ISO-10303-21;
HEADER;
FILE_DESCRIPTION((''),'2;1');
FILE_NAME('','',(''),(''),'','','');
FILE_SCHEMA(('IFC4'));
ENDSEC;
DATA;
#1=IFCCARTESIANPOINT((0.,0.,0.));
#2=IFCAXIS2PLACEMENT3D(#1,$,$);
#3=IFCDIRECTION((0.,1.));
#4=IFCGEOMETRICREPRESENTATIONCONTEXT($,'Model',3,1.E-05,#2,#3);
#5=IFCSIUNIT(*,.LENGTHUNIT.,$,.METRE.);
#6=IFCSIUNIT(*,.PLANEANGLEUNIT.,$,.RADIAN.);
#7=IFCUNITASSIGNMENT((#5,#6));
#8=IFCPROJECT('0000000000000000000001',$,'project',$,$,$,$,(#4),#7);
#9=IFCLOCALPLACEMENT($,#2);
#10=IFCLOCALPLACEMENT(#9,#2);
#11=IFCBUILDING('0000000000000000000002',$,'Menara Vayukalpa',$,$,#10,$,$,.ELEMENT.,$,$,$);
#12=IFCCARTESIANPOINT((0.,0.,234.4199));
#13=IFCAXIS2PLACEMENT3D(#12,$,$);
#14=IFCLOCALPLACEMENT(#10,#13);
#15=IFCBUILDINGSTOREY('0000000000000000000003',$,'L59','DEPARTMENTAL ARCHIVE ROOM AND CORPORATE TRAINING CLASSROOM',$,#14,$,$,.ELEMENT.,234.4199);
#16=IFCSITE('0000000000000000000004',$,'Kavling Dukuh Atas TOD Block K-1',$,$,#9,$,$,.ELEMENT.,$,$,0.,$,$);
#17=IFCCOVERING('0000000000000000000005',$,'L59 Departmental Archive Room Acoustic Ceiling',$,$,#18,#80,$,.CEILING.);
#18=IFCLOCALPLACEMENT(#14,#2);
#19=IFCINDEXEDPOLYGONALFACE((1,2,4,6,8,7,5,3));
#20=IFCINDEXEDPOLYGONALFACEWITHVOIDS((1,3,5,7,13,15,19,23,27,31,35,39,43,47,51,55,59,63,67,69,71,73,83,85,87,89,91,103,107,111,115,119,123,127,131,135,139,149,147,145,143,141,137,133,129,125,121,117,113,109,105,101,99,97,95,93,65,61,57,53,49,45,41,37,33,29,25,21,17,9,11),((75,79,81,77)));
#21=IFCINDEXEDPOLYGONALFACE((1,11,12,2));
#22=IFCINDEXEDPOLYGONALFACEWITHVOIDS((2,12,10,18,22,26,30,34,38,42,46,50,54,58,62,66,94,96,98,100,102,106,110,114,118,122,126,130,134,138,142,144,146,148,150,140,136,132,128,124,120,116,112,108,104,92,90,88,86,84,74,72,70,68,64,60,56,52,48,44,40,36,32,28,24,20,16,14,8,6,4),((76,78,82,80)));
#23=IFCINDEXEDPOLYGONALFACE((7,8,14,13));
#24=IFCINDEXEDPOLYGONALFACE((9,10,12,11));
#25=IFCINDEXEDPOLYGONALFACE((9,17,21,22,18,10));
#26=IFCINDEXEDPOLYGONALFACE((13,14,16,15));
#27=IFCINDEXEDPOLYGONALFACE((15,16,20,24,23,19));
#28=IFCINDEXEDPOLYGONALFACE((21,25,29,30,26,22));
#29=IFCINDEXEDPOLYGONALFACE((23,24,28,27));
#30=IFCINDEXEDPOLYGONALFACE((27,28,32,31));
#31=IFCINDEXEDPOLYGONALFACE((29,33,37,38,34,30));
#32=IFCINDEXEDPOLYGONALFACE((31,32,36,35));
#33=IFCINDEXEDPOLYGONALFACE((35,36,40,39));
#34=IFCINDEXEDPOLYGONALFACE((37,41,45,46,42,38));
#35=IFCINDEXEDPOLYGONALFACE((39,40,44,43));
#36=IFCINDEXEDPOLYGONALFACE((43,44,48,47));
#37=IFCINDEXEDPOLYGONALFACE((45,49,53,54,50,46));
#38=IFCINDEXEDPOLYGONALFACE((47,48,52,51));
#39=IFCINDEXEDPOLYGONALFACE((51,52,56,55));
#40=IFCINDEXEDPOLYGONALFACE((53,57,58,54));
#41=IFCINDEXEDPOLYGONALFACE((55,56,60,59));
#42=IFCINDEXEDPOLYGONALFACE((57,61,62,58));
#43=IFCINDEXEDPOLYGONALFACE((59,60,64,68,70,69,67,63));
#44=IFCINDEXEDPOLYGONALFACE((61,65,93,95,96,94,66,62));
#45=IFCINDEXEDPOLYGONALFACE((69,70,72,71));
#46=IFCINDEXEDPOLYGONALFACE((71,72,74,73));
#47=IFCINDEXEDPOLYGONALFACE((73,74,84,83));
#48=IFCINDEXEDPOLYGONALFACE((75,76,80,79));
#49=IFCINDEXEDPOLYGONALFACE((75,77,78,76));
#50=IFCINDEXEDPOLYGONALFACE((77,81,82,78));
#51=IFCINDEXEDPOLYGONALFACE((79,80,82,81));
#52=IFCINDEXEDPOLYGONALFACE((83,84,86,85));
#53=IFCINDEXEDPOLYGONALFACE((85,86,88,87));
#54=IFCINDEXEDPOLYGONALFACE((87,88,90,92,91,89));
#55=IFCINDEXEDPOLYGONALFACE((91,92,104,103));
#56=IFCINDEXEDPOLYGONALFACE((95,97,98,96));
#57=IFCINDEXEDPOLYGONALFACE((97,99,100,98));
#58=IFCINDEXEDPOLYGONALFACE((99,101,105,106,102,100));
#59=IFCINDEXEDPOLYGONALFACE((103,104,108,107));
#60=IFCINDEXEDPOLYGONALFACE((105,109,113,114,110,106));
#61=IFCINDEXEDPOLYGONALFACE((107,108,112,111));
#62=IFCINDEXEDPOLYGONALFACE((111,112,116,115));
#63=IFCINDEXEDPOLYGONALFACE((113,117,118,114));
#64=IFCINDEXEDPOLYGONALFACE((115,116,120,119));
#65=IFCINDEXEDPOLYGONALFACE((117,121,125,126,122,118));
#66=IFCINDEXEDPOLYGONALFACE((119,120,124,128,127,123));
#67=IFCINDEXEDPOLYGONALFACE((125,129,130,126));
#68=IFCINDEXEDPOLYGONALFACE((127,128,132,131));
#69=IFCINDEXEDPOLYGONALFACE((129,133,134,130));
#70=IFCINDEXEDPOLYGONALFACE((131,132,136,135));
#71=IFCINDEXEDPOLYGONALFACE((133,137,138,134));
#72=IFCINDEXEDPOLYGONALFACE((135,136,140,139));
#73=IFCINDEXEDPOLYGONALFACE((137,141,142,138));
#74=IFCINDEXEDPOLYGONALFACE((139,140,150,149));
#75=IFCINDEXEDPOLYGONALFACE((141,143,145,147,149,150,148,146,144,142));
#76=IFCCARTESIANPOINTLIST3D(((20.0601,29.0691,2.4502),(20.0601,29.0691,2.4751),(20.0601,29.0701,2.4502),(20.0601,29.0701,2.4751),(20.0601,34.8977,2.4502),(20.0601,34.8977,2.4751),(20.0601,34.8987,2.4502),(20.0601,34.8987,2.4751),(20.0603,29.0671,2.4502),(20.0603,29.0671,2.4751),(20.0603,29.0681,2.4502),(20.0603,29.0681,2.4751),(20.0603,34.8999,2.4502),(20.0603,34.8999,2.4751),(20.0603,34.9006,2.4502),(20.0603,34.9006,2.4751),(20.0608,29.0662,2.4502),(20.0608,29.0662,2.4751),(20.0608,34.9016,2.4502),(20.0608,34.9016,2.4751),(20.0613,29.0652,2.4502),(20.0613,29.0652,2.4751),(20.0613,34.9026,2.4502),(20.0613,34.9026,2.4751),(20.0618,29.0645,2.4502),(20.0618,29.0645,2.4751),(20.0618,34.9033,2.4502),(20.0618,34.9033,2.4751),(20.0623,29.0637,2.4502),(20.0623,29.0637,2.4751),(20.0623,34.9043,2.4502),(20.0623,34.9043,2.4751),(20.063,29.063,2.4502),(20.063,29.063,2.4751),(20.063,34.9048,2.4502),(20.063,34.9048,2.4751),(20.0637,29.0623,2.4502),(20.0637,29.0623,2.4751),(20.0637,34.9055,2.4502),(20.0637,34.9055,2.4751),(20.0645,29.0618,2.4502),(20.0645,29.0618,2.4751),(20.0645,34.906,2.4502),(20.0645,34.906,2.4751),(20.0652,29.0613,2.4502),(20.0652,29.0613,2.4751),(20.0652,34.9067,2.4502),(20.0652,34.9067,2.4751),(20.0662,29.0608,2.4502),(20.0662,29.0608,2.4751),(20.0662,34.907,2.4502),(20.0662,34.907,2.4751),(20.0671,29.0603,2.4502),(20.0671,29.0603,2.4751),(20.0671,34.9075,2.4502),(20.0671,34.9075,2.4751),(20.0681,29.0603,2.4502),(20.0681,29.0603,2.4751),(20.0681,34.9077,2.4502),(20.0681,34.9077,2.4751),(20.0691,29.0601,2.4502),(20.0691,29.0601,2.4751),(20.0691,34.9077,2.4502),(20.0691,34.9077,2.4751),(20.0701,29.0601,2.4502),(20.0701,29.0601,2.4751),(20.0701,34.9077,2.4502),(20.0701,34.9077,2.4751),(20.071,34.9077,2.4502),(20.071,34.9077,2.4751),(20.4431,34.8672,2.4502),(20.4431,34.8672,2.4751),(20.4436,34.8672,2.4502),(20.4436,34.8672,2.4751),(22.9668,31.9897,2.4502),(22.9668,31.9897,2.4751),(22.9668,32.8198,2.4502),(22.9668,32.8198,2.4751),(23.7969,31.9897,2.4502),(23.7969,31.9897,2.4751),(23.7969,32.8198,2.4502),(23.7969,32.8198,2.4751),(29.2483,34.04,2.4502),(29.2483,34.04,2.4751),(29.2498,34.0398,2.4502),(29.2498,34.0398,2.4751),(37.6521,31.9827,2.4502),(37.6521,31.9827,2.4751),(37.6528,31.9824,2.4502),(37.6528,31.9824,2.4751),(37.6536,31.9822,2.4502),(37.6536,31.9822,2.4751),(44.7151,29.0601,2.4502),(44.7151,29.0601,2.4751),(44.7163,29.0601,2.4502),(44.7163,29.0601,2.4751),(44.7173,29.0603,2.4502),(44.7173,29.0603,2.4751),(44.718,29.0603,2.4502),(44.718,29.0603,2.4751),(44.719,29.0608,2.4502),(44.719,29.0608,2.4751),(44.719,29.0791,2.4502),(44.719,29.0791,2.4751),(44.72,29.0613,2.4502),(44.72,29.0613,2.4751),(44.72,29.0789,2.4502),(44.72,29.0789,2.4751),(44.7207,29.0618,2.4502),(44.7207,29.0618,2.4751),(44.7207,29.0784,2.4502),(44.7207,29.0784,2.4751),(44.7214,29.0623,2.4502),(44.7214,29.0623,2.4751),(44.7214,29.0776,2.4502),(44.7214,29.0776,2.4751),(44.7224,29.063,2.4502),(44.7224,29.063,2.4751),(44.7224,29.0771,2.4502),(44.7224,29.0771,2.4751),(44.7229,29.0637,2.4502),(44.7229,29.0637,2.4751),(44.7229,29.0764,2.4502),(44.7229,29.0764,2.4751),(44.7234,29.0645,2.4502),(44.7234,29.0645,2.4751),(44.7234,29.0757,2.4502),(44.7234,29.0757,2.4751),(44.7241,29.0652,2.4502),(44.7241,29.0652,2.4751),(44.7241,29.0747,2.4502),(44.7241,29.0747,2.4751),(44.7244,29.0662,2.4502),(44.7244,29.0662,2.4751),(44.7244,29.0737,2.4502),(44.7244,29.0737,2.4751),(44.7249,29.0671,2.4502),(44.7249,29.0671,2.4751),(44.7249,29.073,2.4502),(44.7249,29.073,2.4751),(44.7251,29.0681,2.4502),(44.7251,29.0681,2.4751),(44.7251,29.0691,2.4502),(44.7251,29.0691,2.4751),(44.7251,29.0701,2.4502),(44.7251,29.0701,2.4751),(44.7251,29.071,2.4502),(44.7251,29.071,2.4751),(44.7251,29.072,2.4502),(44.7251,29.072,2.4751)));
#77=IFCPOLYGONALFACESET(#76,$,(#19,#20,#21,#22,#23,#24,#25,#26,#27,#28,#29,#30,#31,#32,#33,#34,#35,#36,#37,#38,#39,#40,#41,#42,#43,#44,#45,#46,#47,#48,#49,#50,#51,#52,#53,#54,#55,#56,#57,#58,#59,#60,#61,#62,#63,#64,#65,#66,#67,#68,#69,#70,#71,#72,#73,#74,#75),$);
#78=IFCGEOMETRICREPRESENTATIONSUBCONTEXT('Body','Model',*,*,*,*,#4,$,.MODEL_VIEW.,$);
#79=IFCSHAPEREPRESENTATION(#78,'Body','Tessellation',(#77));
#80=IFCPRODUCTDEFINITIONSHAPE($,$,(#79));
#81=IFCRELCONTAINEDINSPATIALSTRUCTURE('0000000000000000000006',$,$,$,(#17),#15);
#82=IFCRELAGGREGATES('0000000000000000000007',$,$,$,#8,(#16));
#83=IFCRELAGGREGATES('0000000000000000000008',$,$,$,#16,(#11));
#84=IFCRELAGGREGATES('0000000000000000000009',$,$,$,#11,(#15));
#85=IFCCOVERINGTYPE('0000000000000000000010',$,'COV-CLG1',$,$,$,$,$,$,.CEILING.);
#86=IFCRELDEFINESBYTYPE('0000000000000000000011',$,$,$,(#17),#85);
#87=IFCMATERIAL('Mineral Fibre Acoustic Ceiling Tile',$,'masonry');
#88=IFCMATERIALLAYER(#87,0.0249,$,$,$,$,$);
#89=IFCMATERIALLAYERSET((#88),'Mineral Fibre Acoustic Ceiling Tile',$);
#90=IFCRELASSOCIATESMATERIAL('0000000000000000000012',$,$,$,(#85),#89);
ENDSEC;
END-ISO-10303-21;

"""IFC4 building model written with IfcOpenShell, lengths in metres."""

from ifc_helpers import new_model, si_unit, direction, frame, origin, place, context, subcontext, project, spatial, polyline, outline, extrude, material, layer, layer_set, type_object, element, save


model = new_model("IFC4")

# Units and contexts
model_context = context("Model", 3, precision=1e-05, world=origin(), true_north=direction((0.0, 1.0)))
body_context = subcontext(model_context, "Body", "Model", "MODEL_VIEW")
ifc_project = project(units=[si_unit("LENGTHUNIT", "METRE"), si_unit("PLANEANGLEUNIT", "RADIAN")], contexts=[model_context])

# Site, building, storey
site_placement = place(None, origin())
site = spatial("IfcSite", under=ifc_project, at=site_placement, Name="Kavling Dukuh Atas TOD Block K-1", CompositionType="ELEMENT", RefElevation=0.0)
building_placement = place(site_placement, origin())
building = spatial("IfcBuilding", under=site, at=building_placement, Name="Menara Vayukalpa", CompositionType="ELEMENT")
storey_placement = place(building_placement, frame((0.0, 0.0, 234.4199)))
storey = spatial("IfcBuildingStorey", under=building, at=storey_placement, Name="L59", Description="DEPARTMENTAL ARCHIVE ROOM AND CORPORATE TRAINING CLASSROOM", CompositionType="ELEMENT", Elevation=234.4199)

# Covering
ifc_material_1 = material(Name="Mineral Fibre Acoustic Ceiling Tile", Category="masonry")
ifc_layer_1 = layer(ifc_material_1, 0.0249)
ifc_layer_set_1 = layer_set([ifc_layer_1], Name="Mineral Fibre Acoustic Ceiling Tile")
covering_type_1 = type_object("IfcCoveringType", Name="COV-CLG1", PredefinedType="CEILING", material=ifc_layer_set_1)
covering_1_placement = place(storey_placement, frame((0.0, 0.0, 2.4502)))
element("IfcCovering", 1, at=covering_1_placement, inside=storey, type_object=covering_type_1, Name="L59 Departmental Archive Room Acoustic Ceiling", PredefinedType="CEILING", context=body_context, shape_type="SweptSolid", body=[
    extrude(outline(polyline([(29.2483, 34.04), (29.2498, 34.0398), (37.6521, 31.9827), (37.6528, 31.9824), (37.6536, 31.9822), (44.719, 29.0791), (44.72, 29.0789), (44.7207, 29.0784), (44.7214, 29.0776), (44.7224, 29.0771), (44.7229, 29.0764), (44.7234, 29.0757), (44.7241, 29.0747), (44.7244, 29.0737), (44.7249, 29.073), (44.7251, 29.072), (44.7251, 29.071), (44.7251, 29.0701), (44.7251, 29.0691), (44.7251, 29.0681), (44.7249, 29.0671), (44.7244, 29.0662), (44.7241, 29.0652), (44.7234, 29.0645), (44.7229, 29.0637), (44.7224, 29.063), (44.7214, 29.0623), (44.7207, 29.0618), (44.72, 29.0613), (44.719, 29.0608), (44.718, 29.0603), (44.7173, 29.0603), (44.7163, 29.0601), (44.7151, 29.0601), (20.0701, 29.0601), (20.0691, 29.0601), (20.0681, 29.0603), (20.0671, 29.0603), (20.0662, 29.0608), (20.0652, 29.0613), (20.0645, 29.0618), (20.0637, 29.0623), (20.063, 29.063), (20.0623, 29.0637), (20.0618, 29.0645), (20.0613, 29.0652), (20.0608, 29.0662), (20.0603, 29.0671), (20.0603, 29.0681), (20.0601, 29.0691), (20.0601, 29.0701), (20.0601, 34.8977), (20.0601, 34.8987), (20.0603, 34.8999), (20.0603, 34.9006), (20.0608, 34.9016), (20.0613, 34.9026), (20.0618, 34.9033), (20.0623, 34.9043), (20.063, 34.9048), (20.0637, 34.9055), (20.0645, 34.906), (20.0652, 34.9067), (20.0662, 34.907), (20.0671, 34.9075), (20.0681, 34.9077), (20.0691, 34.9077), (20.0701, 34.9077), (20.071, 34.9077), (20.4431, 34.8672), (20.4436, 34.8672), (29.2483, 34.04)]), holes=[polyline([(23.7969, 32.8198), (22.9668, 32.8198), (22.9668, 31.9897), (23.7969, 31.9897), (23.7969, 32.8198)])]), origin(), (0.0, 0.0, 1.0), 0.0249),
])

save(model, "model.ifc")
